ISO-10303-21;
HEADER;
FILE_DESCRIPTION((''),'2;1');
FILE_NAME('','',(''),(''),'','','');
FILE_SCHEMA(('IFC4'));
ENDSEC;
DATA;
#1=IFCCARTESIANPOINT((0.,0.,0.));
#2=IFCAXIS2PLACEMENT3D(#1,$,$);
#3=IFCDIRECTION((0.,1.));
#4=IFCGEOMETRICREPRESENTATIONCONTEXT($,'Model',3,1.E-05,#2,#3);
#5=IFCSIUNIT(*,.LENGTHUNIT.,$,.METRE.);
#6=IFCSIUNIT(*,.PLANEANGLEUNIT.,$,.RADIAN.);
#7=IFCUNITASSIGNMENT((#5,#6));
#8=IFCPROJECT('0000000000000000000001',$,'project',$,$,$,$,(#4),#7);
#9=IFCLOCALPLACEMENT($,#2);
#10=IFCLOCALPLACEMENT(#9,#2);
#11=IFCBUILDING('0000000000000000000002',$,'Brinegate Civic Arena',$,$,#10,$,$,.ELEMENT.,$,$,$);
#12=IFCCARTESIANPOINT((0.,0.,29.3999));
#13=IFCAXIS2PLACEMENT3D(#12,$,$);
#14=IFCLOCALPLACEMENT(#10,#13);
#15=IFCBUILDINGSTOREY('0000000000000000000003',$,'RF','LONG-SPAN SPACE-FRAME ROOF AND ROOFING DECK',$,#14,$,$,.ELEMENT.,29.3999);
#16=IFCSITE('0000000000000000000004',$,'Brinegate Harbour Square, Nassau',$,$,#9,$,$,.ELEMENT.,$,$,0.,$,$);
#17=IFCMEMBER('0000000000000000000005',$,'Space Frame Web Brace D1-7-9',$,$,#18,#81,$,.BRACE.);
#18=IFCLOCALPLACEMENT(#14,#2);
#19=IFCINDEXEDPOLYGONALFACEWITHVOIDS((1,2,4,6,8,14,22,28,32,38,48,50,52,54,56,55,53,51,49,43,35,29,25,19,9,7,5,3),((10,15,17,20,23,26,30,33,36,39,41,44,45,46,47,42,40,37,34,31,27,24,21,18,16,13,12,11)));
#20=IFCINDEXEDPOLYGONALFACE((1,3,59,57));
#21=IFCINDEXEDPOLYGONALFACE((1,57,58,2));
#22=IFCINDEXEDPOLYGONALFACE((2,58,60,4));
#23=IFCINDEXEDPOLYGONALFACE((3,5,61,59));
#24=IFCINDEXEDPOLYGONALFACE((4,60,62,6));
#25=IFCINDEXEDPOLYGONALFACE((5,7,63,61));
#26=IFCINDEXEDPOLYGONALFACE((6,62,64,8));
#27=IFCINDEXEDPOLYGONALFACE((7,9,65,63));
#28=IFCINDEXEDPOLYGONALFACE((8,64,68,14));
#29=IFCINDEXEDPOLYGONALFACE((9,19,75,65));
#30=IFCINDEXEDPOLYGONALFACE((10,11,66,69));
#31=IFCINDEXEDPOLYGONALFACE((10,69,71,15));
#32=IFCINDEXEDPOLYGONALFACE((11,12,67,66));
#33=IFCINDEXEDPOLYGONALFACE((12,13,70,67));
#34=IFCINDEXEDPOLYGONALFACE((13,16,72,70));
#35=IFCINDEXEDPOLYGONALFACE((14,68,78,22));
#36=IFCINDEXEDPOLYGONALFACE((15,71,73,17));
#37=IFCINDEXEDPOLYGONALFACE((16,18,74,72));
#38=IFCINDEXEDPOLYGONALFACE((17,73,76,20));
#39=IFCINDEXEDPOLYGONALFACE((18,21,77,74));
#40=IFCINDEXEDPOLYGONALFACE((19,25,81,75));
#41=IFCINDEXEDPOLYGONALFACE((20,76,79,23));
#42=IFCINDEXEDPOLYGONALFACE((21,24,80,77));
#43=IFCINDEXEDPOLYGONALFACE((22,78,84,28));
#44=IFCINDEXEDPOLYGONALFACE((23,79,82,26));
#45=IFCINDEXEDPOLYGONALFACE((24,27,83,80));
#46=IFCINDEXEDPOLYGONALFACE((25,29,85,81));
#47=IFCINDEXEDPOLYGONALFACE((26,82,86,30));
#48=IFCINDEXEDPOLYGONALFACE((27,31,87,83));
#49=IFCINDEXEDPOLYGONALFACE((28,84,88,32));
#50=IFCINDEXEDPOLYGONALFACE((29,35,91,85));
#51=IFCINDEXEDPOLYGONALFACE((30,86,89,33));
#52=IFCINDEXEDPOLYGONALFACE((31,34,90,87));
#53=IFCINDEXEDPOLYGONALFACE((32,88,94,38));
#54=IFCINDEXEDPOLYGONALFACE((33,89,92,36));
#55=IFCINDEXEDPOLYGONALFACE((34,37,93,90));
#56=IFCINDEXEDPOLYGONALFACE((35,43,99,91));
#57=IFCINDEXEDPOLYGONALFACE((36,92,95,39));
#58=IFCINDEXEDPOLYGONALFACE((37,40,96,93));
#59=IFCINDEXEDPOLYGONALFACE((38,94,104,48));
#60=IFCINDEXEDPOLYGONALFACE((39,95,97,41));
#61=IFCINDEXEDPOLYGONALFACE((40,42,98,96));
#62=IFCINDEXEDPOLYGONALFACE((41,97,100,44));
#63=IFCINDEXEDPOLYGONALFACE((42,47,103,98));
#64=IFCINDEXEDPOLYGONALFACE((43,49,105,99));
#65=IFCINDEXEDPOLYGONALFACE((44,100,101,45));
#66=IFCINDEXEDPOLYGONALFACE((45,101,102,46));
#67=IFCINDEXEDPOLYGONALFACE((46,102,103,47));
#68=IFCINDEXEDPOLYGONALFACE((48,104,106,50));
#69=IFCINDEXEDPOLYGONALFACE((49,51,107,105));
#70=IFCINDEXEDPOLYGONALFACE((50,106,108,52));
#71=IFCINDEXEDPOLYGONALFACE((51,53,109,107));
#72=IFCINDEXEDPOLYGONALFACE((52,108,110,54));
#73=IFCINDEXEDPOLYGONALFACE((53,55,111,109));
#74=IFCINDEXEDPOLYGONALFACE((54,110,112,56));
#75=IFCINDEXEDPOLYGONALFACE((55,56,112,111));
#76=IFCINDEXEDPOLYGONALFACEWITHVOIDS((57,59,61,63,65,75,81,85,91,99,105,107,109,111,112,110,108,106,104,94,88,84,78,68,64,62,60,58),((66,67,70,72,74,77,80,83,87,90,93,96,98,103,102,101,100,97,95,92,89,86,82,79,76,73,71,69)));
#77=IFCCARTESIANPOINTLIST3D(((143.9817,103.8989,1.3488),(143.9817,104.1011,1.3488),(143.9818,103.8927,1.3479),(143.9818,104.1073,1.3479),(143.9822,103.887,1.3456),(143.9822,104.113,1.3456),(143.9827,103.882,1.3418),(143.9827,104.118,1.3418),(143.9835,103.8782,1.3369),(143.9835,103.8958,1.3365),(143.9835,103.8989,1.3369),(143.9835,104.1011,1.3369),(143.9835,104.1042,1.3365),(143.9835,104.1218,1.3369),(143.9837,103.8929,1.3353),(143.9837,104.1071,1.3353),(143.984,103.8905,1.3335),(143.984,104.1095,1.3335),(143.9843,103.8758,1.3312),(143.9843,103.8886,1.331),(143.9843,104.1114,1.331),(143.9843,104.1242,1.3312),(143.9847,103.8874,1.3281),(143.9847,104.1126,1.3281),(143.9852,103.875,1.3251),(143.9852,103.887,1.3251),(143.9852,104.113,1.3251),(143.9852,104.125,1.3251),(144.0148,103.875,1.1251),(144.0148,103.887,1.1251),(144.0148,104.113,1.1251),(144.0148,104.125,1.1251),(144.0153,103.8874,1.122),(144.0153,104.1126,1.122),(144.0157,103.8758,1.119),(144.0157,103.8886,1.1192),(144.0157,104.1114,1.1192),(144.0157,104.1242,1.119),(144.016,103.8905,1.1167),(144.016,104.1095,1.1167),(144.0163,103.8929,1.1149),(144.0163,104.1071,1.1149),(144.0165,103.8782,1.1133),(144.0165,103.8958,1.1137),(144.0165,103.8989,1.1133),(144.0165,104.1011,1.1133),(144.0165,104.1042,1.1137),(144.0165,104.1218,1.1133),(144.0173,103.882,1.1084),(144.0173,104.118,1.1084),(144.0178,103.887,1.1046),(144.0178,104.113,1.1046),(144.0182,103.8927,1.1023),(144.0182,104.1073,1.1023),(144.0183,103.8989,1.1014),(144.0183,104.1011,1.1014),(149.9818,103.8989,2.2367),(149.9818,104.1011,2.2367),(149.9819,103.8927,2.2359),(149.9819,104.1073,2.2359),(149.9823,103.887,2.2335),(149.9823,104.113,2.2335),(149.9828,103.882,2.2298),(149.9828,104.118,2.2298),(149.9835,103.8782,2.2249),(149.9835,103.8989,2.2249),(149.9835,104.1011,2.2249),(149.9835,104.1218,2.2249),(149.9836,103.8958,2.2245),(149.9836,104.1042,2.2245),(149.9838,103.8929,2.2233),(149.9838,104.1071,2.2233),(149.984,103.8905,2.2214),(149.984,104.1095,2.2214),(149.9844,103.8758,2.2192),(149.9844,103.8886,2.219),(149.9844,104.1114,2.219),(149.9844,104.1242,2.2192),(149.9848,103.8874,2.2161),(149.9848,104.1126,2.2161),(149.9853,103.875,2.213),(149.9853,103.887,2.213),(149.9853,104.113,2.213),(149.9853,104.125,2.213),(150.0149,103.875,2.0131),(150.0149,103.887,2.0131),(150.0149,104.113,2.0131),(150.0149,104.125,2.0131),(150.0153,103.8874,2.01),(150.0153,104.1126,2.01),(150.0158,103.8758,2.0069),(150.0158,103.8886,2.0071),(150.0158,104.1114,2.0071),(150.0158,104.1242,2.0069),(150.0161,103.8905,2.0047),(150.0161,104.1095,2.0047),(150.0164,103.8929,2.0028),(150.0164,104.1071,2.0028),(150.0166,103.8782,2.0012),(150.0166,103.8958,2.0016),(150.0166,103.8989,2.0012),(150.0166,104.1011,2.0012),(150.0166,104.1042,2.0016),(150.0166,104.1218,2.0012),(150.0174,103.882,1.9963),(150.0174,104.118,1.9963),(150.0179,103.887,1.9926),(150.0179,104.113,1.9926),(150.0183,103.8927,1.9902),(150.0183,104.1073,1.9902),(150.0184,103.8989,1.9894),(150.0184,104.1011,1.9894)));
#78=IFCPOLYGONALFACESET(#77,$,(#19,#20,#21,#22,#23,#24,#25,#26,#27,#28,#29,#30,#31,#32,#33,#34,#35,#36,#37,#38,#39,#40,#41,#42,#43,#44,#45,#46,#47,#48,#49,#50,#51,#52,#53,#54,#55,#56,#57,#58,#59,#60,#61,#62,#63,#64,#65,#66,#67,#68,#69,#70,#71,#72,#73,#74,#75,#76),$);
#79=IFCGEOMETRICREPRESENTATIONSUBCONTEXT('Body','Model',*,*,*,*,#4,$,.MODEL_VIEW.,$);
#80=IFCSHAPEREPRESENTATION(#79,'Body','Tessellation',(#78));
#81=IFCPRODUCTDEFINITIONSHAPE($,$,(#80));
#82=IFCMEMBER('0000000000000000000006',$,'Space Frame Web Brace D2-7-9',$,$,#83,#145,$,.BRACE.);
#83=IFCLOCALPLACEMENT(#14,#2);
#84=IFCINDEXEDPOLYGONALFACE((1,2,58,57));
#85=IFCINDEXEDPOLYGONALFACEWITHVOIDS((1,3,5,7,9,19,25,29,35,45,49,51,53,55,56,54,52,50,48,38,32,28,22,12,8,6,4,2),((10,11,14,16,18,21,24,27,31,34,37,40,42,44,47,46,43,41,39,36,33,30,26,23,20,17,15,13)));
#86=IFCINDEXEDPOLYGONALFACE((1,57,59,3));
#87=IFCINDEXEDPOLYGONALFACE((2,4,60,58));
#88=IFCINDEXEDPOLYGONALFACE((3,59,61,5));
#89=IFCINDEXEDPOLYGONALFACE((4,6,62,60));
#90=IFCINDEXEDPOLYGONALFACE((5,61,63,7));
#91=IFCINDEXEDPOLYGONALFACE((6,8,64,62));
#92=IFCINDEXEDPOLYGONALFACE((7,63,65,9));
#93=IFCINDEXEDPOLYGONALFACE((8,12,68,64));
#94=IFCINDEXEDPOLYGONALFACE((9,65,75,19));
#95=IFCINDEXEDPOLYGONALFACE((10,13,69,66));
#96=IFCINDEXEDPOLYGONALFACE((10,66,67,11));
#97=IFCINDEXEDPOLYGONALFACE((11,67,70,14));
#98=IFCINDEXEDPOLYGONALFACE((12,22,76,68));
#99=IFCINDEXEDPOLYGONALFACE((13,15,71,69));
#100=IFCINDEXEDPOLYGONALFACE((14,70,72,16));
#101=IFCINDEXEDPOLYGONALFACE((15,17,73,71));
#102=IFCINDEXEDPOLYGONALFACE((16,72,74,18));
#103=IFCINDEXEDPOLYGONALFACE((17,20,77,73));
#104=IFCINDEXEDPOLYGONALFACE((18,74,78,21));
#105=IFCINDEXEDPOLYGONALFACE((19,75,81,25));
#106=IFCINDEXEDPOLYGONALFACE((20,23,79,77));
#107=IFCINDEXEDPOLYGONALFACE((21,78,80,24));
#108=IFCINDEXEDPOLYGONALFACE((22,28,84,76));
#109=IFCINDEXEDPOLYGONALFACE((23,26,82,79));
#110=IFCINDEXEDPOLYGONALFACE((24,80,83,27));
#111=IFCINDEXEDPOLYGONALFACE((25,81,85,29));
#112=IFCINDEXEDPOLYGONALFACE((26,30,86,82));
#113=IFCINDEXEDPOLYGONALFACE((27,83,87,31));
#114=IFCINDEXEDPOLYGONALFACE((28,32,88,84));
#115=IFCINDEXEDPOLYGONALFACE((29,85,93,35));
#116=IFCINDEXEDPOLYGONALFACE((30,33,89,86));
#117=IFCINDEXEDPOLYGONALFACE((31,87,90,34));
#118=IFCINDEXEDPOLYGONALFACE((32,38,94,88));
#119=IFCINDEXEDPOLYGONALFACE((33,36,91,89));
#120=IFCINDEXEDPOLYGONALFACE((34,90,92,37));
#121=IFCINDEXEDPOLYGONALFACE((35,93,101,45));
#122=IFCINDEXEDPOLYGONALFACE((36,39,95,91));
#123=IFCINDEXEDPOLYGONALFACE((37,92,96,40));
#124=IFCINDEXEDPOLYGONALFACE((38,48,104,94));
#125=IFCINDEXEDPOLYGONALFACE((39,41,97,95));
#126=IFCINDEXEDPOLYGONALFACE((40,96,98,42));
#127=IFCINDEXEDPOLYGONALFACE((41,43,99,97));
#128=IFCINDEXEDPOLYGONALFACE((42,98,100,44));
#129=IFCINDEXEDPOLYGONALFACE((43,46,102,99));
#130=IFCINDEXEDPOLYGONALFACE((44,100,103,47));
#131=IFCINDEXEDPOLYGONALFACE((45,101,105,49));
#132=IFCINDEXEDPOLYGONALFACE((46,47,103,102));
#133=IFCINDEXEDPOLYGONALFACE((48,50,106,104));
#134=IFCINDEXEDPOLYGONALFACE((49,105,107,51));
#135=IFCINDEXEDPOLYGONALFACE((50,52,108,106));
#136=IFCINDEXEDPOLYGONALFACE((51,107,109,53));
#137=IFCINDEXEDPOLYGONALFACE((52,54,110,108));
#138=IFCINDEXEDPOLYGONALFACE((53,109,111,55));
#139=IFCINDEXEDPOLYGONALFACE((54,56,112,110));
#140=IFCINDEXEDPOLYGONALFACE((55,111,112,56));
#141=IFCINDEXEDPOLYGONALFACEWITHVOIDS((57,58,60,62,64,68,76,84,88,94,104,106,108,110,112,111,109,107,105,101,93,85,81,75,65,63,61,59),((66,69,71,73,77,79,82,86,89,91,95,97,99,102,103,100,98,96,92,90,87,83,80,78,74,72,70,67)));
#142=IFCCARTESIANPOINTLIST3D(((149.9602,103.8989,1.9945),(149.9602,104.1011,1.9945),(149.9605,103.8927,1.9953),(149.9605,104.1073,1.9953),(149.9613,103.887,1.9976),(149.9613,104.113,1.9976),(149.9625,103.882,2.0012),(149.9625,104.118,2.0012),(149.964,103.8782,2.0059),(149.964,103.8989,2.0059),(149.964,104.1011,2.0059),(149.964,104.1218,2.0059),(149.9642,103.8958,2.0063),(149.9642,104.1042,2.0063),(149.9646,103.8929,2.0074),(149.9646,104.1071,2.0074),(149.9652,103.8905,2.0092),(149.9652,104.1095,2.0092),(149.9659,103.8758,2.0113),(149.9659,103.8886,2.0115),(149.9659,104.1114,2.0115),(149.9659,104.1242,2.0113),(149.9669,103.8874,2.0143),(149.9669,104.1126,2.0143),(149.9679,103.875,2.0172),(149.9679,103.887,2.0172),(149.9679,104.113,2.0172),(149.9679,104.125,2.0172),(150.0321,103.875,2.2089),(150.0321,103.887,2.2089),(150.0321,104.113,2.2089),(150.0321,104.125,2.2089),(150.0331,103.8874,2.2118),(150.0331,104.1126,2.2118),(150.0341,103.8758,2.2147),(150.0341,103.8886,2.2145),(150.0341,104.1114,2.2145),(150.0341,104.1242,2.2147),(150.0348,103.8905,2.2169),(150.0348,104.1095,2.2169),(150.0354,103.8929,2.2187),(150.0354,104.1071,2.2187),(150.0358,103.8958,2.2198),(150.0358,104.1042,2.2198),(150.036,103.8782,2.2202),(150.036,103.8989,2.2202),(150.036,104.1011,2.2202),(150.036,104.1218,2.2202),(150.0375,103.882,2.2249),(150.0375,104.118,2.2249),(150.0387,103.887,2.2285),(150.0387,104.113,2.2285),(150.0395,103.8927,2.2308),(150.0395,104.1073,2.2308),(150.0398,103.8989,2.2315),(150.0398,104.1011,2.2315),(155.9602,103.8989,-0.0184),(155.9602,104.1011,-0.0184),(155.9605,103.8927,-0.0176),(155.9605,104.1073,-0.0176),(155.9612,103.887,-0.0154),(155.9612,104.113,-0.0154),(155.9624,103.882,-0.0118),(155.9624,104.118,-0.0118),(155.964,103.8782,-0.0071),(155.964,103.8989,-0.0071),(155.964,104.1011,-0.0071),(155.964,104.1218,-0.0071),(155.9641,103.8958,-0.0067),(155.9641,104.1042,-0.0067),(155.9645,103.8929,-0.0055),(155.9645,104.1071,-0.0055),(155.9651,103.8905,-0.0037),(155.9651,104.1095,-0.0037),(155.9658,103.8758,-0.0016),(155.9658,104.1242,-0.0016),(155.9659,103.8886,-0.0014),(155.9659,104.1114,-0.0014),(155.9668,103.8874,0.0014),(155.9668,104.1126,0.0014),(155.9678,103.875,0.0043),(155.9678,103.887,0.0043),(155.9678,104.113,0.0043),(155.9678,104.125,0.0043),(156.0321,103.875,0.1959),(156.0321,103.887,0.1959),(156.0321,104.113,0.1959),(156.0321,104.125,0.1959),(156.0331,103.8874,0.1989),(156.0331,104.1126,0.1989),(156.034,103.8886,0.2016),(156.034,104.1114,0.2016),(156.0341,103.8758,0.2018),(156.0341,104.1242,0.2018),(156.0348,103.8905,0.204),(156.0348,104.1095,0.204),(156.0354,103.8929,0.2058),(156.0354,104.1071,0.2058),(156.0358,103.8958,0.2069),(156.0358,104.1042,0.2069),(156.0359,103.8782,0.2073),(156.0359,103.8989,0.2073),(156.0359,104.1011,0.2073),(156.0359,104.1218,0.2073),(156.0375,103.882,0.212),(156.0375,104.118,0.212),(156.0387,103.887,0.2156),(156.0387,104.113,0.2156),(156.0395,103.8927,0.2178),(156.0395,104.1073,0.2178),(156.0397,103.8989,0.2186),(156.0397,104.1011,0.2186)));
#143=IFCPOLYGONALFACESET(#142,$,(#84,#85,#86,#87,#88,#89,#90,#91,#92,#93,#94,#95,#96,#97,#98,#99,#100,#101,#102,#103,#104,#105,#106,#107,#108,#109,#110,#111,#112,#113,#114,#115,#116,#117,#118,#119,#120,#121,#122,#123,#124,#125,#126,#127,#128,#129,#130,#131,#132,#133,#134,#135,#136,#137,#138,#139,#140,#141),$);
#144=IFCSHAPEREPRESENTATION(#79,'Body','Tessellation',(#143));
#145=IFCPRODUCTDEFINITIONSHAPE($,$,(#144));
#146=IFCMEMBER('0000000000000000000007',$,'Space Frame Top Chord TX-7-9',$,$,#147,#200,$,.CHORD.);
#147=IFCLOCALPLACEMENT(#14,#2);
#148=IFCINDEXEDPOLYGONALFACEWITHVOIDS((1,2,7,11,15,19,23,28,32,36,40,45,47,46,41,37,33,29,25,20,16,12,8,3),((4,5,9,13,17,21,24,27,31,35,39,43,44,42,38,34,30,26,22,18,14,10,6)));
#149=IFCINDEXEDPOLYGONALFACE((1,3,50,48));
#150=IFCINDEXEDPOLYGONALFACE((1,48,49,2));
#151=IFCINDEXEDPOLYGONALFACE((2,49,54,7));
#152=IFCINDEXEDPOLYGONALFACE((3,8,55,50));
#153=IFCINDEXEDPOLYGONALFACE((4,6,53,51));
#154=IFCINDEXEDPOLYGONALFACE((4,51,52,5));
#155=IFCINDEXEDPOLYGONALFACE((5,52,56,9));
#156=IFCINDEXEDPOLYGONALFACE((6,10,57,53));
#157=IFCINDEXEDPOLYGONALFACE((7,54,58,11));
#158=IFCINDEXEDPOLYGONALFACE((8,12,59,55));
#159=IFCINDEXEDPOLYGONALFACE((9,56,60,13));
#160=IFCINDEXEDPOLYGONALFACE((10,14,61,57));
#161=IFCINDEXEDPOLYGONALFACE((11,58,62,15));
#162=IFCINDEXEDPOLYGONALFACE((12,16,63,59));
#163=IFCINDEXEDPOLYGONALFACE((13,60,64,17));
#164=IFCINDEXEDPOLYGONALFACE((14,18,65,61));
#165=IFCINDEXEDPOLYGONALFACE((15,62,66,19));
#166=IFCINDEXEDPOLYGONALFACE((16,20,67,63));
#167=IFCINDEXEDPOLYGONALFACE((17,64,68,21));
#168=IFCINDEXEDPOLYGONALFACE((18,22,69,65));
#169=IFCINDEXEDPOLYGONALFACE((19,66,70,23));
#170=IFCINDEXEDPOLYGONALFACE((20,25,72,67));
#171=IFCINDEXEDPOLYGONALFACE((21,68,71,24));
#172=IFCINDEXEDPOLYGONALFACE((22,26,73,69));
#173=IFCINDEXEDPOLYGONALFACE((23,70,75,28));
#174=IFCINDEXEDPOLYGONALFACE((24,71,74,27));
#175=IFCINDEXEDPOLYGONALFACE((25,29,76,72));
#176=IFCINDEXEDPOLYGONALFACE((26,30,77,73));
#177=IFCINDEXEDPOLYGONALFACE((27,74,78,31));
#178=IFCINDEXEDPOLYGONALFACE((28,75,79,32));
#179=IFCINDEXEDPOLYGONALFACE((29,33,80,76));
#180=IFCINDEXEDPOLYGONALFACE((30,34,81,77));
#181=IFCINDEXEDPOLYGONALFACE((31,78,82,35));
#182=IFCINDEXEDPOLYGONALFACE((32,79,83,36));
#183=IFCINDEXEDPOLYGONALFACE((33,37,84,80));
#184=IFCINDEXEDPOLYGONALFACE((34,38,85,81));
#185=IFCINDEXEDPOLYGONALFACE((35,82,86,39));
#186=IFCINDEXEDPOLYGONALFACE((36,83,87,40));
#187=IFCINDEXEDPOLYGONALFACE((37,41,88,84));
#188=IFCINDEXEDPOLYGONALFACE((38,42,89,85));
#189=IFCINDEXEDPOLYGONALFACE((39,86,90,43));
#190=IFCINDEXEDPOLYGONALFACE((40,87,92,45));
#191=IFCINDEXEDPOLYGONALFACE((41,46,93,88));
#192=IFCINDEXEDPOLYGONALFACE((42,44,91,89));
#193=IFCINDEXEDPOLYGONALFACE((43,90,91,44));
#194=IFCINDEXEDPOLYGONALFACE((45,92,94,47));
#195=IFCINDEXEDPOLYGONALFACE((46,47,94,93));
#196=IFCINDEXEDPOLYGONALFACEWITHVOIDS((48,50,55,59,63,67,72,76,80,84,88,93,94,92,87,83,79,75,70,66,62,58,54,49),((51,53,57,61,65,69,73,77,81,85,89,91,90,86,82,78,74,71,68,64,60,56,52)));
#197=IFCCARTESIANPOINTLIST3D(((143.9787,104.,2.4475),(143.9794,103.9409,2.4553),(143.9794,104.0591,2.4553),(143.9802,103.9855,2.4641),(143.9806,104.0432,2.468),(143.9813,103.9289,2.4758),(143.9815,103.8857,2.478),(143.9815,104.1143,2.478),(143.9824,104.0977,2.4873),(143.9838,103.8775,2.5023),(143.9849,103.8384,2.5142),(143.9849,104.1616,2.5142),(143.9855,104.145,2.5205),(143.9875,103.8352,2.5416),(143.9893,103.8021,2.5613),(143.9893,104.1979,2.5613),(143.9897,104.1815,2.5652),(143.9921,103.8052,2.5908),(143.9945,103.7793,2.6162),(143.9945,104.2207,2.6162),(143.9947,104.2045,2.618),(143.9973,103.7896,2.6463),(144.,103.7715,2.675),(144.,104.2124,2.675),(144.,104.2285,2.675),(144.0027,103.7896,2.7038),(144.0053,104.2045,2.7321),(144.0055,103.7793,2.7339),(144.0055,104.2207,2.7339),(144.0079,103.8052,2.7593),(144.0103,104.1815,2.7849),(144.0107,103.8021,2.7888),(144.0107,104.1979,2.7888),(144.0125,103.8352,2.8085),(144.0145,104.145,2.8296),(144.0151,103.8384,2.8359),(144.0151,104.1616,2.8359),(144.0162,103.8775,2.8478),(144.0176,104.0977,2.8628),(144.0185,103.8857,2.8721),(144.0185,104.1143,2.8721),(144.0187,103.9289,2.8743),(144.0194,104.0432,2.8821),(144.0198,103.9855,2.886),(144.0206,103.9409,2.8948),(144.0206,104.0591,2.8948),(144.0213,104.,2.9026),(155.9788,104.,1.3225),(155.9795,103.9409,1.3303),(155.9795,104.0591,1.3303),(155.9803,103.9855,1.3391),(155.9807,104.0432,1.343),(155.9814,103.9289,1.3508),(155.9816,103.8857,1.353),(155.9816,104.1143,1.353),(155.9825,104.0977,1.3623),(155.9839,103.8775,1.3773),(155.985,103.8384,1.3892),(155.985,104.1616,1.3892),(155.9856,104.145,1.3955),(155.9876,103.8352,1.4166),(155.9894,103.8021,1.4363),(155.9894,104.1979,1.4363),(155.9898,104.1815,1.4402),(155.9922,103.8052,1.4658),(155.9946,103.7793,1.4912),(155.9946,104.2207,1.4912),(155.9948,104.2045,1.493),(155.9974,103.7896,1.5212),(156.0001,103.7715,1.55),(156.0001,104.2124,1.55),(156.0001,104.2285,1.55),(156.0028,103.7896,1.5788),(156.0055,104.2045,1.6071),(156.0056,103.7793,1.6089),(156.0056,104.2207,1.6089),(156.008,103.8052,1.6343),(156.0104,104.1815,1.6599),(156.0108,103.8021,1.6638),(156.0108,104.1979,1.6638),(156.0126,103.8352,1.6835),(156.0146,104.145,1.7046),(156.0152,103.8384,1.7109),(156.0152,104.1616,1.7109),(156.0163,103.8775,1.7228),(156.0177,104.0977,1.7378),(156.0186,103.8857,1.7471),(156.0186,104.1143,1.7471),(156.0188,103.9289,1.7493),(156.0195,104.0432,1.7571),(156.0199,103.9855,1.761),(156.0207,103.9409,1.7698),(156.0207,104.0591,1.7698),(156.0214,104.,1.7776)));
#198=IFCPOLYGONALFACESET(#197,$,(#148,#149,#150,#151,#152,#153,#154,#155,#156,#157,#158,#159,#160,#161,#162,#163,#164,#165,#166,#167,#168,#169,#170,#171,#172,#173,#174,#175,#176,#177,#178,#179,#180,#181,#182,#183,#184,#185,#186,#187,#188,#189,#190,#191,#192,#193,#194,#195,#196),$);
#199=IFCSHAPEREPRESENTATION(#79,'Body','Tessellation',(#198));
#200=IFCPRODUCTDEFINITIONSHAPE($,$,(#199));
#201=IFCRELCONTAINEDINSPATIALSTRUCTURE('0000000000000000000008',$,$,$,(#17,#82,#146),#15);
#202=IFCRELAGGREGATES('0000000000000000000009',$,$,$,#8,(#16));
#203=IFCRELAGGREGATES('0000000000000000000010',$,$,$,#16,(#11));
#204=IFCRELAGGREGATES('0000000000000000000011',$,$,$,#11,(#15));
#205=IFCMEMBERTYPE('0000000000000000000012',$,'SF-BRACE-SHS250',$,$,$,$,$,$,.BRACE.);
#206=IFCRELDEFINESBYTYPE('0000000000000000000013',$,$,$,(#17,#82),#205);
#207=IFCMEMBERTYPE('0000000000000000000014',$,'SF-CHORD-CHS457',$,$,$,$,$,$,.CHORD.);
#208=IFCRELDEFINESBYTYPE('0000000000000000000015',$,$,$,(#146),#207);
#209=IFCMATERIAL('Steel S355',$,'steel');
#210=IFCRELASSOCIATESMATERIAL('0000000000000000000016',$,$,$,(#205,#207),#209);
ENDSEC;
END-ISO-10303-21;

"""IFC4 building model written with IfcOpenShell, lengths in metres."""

from ifc_helpers import new_model, si_unit, direction, frame, origin, origin_2d, place, context, subcontext, project, spatial, hollow_rectangle, hollow_circle, extrude, material, material_profile, profile_set, type_object, element, save


model = new_model("IFC4")

# Units and contexts
model_context = context("Model", 3, precision=1e-05, world=origin(), true_north=direction((0.0, 1.0)))
body_context = subcontext(model_context, "Body", "Model", "MODEL_VIEW")
ifc_project = project(units=[si_unit("LENGTHUNIT", "METRE"), si_unit("PLANEANGLEUNIT", "RADIAN")], contexts=[model_context])

# Site, building, storey
site_placement = place(None, origin())
site = spatial("IfcSite", under=ifc_project, at=site_placement, Name="Brinegate Harbour Square, Nassau", CompositionType="ELEMENT", RefElevation=0.0)
building_placement = place(site_placement, origin())
building = spatial("IfcBuilding", under=site, at=building_placement, Name="Brinegate Civic Arena", CompositionType="ELEMENT")
storey_placement = place(building_placement, frame((0.0, 0.0, 29.3999)))
storey = spatial("IfcBuildingStorey", under=building, at=storey_placement, Name="RF", Description="LONG-SPAN SPACE-FRAME ROOF AND ROOFING DECK", CompositionType="ELEMENT", Elevation=29.3999)

# Shared definitions
ifc_material_1 = material(Name="Steel S355", Category="steel")

# Members
ifc_material_profile_1 = material_profile(ifc_material_1, hollow_rectangle(XDim=0.25, YDim=0.25, WallThickness=0.012, InnerFilletRadius=0.012, OuterFilletRadius=0.0239, at=origin_2d()), Name="SHS250X12")
ifc_profile_set_1 = profile_set([ifc_material_profile_1], Name="Steel S355")
member_type_1 = type_object("IfcMemberType", Name="SF-BRACE-SHS250", PredefinedType="BRACE", material=ifc_profile_set_1)
member_1_placement = place(storey_placement, frame((144.0, 104.0, 1.2251), z_axis=(0.989226, 0.0, 0.146395), x_axis=(0.0, 1.0, 0.0)))
element("IfcMember", 1, at=member_1_placement, inside=storey, type_object=member_type_1, Name="Space Frame Web Brace D1-7-9", PredefinedType="BRACE", context=body_context, shape_type="SweptSolid", body=[
    extrude(hollow_rectangle(XDim=0.25, YDim=0.25, WallThickness=0.012, InnerFilletRadius=0.012, OuterFilletRadius=0.0239, at=origin_2d()), origin(), (0.0, 0.0, 1.0), 6.0654),
])
member_2_placement = place(storey_placement, frame((150.0, 104.0, 2.113), z_axis=(0.948068, 0.0, -0.318067), x_axis=(0.0, 1.0, 0.0)))
element("IfcMember", 2, at=member_2_placement, inside=storey, type_object=member_type_1, Name="Space Frame Web Brace D2-7-9", PredefinedType="BRACE", context=body_context, shape_type="SweptSolid", body=[
    extrude(hollow_rectangle(XDim=0.25, YDim=0.25, WallThickness=0.012, InnerFilletRadius=0.012, OuterFilletRadius=0.0239, at=origin_2d()), origin(), (0.0, 0.0, 1.0), 6.3286),
])
ifc_material_profile_2 = material_profile(ifc_material_1, hollow_circle(Radius=0.2285, WallThickness=0.0161, at=origin_2d()), Name="CHS457X16")
ifc_profile_set_2 = profile_set([ifc_material_profile_2], Name="Steel S355")
member_type_2 = type_object("IfcMemberType", Name="SF-CHORD-CHS457", PredefinedType="CHORD", material=ifc_profile_set_2)
member_3_placement = place(storey_placement, frame((144.0, 104.0, 2.675), z_axis=(0.995634, 0.0, -0.093341), x_axis=(0.0, 1.0, 0.0)))
element("IfcMember", 3, at=member_3_placement, inside=storey, type_object=member_type_2, Name="Space Frame Top Chord TX-7-9", PredefinedType="CHORD", context=body_context, shape_type="SweptSolid", body=[
    extrude(hollow_circle(Radius=0.2285, WallThickness=0.0161, at=origin_2d()), origin(), (0.0, 0.0, 1.0), 12.0527),
])

save(model, "model.ifc")
